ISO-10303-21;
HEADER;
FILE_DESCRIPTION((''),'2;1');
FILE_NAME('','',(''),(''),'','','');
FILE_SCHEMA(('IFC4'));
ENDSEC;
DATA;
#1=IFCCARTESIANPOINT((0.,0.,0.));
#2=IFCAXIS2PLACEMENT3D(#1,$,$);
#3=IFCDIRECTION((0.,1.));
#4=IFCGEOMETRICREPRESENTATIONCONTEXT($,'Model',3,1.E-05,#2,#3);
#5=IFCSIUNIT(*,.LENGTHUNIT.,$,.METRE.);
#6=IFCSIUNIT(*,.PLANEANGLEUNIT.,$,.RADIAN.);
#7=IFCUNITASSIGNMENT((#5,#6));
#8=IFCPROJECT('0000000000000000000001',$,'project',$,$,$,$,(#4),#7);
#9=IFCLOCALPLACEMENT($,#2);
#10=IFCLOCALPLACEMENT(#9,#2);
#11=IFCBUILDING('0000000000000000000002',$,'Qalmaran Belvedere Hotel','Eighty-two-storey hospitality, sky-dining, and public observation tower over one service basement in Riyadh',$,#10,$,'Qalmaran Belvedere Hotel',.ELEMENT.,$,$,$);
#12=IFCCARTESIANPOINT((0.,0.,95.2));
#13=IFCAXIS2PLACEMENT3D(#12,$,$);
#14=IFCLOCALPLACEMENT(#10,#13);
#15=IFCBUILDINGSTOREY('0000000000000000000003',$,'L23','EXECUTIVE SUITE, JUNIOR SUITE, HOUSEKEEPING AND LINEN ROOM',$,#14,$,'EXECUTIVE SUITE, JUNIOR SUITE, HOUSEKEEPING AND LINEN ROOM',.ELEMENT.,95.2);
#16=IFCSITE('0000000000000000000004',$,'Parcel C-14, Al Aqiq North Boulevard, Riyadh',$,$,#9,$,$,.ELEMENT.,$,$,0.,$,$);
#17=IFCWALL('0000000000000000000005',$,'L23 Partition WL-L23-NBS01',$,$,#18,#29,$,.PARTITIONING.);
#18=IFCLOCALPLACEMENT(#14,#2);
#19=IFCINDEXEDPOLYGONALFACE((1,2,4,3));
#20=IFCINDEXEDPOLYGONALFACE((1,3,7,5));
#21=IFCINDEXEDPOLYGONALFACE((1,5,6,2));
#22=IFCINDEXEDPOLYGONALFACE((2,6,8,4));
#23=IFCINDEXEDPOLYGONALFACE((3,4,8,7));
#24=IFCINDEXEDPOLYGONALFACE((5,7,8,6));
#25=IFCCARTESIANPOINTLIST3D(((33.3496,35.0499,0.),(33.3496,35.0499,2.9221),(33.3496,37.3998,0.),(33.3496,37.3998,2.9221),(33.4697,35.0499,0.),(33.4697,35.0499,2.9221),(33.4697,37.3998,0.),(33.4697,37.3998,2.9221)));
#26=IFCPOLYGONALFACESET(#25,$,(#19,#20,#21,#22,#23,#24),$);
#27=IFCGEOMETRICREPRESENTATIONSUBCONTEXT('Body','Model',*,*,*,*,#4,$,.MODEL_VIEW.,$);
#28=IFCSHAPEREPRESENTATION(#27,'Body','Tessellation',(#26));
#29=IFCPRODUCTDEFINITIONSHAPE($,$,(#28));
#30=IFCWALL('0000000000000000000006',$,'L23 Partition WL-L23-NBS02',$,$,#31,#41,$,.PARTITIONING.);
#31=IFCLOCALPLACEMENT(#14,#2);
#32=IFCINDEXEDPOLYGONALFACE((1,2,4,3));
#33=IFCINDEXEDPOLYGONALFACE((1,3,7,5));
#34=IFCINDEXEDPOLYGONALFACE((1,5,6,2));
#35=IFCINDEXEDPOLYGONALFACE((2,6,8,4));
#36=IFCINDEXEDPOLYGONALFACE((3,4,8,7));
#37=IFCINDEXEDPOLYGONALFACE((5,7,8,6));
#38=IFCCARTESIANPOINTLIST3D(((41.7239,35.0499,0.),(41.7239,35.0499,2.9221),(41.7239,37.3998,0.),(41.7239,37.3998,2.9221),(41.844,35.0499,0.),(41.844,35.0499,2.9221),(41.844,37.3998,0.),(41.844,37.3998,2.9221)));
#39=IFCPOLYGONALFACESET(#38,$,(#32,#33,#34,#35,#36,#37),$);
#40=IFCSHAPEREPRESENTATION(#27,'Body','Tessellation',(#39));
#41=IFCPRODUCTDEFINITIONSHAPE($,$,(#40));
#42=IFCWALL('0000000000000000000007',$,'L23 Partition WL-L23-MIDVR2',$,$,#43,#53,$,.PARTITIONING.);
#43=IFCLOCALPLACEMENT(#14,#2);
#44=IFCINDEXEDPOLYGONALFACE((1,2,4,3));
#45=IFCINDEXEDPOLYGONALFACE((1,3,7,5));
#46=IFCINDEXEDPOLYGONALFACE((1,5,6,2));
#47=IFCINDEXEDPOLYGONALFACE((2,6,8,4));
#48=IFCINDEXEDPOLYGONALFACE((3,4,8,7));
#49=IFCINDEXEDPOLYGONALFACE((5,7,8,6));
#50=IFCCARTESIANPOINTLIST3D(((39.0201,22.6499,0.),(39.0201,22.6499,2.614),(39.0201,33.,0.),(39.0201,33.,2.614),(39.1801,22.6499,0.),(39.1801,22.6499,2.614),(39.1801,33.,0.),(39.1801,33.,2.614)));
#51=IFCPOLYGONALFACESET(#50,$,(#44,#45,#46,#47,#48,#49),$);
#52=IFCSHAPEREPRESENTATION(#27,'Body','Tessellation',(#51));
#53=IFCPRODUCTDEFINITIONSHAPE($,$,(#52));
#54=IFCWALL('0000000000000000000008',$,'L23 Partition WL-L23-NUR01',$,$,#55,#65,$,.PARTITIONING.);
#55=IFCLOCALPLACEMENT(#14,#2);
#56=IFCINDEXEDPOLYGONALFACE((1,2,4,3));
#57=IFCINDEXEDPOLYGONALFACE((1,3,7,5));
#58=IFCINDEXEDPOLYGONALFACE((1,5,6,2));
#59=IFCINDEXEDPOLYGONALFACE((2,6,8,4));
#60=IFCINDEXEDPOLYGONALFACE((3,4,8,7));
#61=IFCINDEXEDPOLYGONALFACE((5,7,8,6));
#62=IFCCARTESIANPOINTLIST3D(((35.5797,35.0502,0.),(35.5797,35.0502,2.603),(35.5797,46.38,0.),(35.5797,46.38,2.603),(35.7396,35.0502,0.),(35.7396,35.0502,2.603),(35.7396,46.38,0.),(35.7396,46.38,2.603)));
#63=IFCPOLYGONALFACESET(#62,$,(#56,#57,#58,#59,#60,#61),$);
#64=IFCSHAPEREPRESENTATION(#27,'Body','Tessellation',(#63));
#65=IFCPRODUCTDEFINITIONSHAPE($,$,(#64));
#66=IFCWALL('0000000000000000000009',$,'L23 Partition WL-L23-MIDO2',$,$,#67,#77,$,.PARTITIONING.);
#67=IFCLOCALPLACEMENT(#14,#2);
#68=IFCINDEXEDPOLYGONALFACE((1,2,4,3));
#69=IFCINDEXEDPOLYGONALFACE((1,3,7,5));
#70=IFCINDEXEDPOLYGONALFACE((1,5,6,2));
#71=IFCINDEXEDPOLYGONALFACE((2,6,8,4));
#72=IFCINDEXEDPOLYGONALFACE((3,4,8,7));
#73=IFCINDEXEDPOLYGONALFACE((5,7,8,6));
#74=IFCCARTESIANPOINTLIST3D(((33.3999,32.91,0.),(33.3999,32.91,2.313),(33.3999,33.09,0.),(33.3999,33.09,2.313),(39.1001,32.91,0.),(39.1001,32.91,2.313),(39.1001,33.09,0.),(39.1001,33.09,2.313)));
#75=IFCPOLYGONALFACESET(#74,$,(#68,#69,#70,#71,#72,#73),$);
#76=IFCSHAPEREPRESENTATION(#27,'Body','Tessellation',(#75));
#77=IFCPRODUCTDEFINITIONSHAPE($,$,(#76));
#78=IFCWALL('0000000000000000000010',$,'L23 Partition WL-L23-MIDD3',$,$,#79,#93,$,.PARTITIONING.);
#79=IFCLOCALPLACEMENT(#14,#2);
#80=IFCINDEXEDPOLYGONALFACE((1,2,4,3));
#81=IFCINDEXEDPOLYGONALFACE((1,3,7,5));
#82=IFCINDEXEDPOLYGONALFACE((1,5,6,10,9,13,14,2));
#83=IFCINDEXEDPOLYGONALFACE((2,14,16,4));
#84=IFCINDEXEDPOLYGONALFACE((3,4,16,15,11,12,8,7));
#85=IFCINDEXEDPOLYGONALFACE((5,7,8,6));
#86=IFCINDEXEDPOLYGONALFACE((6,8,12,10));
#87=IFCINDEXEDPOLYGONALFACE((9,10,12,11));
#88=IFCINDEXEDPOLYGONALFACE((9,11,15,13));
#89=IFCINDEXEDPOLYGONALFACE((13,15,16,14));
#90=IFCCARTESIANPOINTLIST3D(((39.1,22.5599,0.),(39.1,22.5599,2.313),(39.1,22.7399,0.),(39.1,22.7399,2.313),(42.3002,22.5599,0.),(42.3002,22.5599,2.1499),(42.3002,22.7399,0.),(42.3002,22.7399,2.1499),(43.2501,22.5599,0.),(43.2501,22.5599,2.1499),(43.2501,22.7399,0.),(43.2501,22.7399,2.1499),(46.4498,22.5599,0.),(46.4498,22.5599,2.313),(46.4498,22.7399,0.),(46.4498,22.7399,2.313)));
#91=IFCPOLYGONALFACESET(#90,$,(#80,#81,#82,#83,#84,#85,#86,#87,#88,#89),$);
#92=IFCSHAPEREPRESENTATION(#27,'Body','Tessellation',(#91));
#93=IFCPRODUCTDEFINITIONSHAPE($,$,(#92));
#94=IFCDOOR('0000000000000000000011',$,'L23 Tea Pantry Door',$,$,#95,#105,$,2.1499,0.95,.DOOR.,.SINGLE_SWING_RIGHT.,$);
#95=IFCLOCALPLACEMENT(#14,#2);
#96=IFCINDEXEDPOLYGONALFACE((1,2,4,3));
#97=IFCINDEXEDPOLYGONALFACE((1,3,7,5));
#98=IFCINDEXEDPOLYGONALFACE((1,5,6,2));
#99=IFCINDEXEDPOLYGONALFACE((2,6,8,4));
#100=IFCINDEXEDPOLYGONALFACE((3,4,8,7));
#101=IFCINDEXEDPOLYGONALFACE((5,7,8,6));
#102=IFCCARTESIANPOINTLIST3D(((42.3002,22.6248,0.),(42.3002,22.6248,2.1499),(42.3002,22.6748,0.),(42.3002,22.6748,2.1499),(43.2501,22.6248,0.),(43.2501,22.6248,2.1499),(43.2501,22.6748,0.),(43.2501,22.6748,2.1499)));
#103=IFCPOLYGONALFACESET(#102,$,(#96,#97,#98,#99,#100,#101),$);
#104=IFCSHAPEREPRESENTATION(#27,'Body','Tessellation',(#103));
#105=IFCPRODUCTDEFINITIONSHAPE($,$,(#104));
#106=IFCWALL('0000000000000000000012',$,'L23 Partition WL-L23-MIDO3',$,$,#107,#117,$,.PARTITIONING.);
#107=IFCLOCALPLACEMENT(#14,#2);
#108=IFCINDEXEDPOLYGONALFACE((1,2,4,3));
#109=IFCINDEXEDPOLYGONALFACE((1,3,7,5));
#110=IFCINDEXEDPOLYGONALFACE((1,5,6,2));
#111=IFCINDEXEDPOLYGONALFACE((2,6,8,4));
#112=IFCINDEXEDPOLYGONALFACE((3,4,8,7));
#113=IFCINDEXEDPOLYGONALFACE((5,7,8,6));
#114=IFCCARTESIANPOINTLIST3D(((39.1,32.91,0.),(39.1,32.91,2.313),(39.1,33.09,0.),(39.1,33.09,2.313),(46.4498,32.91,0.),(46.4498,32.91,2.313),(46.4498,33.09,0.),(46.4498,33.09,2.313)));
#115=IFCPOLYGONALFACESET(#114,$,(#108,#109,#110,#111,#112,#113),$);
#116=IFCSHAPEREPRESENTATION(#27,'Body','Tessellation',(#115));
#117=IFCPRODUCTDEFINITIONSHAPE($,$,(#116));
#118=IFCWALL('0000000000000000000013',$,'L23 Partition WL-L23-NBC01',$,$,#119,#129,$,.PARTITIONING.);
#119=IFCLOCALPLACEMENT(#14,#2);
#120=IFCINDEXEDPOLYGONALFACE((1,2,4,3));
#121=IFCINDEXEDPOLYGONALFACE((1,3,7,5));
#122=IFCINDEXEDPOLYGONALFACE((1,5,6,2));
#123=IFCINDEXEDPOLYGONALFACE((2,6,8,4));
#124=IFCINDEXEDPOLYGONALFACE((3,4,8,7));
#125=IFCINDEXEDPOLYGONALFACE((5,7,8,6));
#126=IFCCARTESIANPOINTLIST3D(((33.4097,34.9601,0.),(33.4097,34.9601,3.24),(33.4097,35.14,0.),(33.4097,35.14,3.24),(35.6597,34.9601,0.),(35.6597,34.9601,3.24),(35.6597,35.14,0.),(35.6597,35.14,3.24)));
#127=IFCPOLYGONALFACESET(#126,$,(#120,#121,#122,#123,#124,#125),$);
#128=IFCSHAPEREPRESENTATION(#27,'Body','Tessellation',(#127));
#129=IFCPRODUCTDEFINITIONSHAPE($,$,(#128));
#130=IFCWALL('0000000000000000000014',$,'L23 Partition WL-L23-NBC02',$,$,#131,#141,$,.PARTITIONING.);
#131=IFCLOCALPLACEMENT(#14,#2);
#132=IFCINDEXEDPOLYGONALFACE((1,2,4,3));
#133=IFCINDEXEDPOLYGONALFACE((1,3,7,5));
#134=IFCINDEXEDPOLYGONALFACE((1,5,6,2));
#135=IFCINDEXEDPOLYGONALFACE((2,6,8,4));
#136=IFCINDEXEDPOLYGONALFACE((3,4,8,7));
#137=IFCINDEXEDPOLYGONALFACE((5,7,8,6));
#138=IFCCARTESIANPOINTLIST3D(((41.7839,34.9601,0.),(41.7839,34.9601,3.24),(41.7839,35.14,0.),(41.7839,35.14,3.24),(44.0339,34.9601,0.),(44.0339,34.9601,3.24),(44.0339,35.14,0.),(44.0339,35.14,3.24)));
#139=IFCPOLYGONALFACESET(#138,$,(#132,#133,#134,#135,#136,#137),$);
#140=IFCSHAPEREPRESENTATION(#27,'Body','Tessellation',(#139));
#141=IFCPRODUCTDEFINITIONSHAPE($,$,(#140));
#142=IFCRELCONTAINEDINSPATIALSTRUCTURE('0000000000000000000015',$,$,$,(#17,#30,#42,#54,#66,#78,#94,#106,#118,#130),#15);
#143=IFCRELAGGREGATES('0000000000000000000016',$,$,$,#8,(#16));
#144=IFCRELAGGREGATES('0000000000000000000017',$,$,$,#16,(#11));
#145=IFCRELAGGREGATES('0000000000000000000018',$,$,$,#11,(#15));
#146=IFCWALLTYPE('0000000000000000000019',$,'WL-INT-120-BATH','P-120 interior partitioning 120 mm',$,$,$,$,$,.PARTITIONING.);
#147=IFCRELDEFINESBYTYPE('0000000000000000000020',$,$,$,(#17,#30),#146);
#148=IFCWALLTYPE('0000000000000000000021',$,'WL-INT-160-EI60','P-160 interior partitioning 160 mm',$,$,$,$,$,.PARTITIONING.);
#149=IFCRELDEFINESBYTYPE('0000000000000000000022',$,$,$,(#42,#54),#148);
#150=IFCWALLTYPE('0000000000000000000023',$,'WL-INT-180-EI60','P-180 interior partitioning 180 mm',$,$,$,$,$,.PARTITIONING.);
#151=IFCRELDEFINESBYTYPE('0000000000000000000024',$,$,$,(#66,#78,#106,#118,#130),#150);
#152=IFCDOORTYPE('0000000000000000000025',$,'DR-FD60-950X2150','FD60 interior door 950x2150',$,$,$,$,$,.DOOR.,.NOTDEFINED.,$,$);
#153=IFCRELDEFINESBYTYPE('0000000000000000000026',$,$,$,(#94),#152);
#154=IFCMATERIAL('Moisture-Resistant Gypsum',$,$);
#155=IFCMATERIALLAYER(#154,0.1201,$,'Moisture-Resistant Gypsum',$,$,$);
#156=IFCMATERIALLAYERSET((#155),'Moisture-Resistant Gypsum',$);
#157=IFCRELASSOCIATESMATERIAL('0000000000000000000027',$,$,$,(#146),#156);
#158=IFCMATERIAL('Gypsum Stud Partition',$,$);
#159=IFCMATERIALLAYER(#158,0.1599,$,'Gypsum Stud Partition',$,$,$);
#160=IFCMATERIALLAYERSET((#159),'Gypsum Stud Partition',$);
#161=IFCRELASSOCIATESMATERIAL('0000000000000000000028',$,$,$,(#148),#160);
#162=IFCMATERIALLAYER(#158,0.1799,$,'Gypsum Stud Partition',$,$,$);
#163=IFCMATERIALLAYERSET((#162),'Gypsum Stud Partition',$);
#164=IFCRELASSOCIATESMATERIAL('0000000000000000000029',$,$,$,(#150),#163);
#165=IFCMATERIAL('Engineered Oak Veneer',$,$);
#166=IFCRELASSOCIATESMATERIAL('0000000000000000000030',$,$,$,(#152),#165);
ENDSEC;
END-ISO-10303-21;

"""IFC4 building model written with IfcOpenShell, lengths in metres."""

from ifc_helpers import new_model, si_unit, direction, frame, frame_2d, origin, place, context, subcontext, project, spatial, rectangle, extrude, material, layer, layer_set, type_object, element, fill, save


model = new_model("IFC4")

# Units and contexts
model_context = context("Model", 3, precision=1e-05, world=origin(), true_north=direction((0.0, 1.0)))
body_context = subcontext(model_context, "Body", "Model", "MODEL_VIEW")
ifc_project = project(units=[si_unit("LENGTHUNIT", "METRE"), si_unit("PLANEANGLEUNIT", "RADIAN")], contexts=[model_context])

# Site, building, storey
site_placement = place(None, origin())
site = spatial("IfcSite", under=ifc_project, at=site_placement, Name="Parcel C-14, Al Aqiq North Boulevard, Riyadh", CompositionType="ELEMENT", RefElevation=0.0)
building_placement = place(site_placement, origin())
building = spatial("IfcBuilding", under=site, at=building_placement, Name="Qalmaran Belvedere Hotel", Description="Eighty-two-storey hospitality, sky-dining, and public observation tower over one service basement in Riyadh", LongName="Qalmaran Belvedere Hotel", CompositionType="ELEMENT")
storey_placement = place(building_placement, frame((0.0, 0.0, 95.2)))
storey = spatial("IfcBuildingStorey", under=building, at=storey_placement, Name="L23", Description="EXECUTIVE SUITE, JUNIOR SUITE, HOUSEKEEPING AND LINEN ROOM", LongName="EXECUTIVE SUITE, JUNIOR SUITE, HOUSEKEEPING AND LINEN ROOM", CompositionType="ELEMENT", Elevation=95.2)

# Walls
ifc_material_1 = material(Name="Moisture-Resistant Gypsum")
ifc_layer_1 = layer(ifc_material_1, 0.1201, Name="Moisture-Resistant Gypsum")
ifc_layer_set_1 = layer_set([ifc_layer_1], Name="Moisture-Resistant Gypsum")
wall_type_1 = type_object("IfcWallType", Name="WL-INT-120-BATH", Description="P-120 interior partitioning 120 mm", PredefinedType="PARTITIONING", material=ifc_layer_set_1)
for number, where, z_axis, x_axis, name in (
    (1, (33.4097, 35.05, 0.0), (0.0, 0.0, 1.0), (0.0, 1.0, 0.0), "L23 Partition WL-L23-NBS01"),
    (2, (41.7839, 35.05, 0.0), (0.0, 0.0, 1.0), (0.0, 1.0, 0.0), "L23 Partition WL-L23-NBS02"),
):
    element("IfcWall", number, at=place(storey_placement, frame(where, z_axis=z_axis, x_axis=x_axis)), inside=storey, type_object=wall_type_1, Name=name, PredefinedType="PARTITIONING", context=body_context, shape_type="SweptSolid", body=[
        extrude(rectangle(XDim=2.3499, YDim=0.1201, at=frame_2d((1.1748, 0.0))), origin(), (0.0, 0.0, 1.0), 2.9221),
    ])
ifc_material_2 = material(Name="Gypsum Stud Partition")
ifc_layer_2 = layer(ifc_material_2, 0.1599, Name="Gypsum Stud Partition")
ifc_layer_set_2 = layer_set([ifc_layer_2], Name="Gypsum Stud Partition")
wall_type_2 = type_object("IfcWallType", Name="WL-INT-160-EI60", Description="P-160 interior partitioning 160 mm", PredefinedType="PARTITIONING", material=ifc_layer_set_2)
wall_1_placement = place(storey_placement, frame((39.1001, 22.6499, 0.0), z_axis=(0.0, 0.0, 1.0), x_axis=(0.0, 1.0, 0.0)))
element("IfcWall", 3, at=wall_1_placement, inside=storey, type_object=wall_type_2, Name="L23 Partition WL-L23-MIDVR2", PredefinedType="PARTITIONING", context=body_context, shape_type="SweptSolid", body=[
    extrude(rectangle(XDim=10.3501, YDim=0.1599, at=frame_2d((5.175, 0.0))), origin(), (0.0, 0.0, 1.0), 2.614),
])
wall_2_placement = place(storey_placement, frame((35.6597, 35.05, 0.0), z_axis=(0.0, 0.0, 1.0), x_axis=(0.0, 1.0, 0.0)))
element("IfcWall", 4, at=wall_2_placement, inside=storey, type_object=wall_type_2, Name="L23 Partition WL-L23-NUR01", PredefinedType="PARTITIONING", context=body_context, shape_type="SweptSolid", body=[
    extrude(rectangle(XDim=11.3298, YDim=0.1599, at=frame_2d((5.665, 0.0))), origin(), (0.0, 0.0, 1.0), 2.603),
])

# Shared definitions
ifc_layer_3 = layer(ifc_material_2, 0.1799, Name="Gypsum Stud Partition")
ifc_layer_set_3 = layer_set([ifc_layer_3], Name="Gypsum Stud Partition")
wall_type_3 = type_object("IfcWallType", Name="WL-INT-180-EI60", Description="P-180 interior partitioning 180 mm", PredefinedType="PARTITIONING", material=ifc_layer_set_3)
ifc_material_3 = material(Name="Engineered Oak Veneer")
door_type = type_object("IfcDoorType", Name="DR-FD60-950X2150", Description="FD60 interior door 950x2150", OperationType="NOTDEFINED", PredefinedType="DOOR", material=ifc_material_3)

# Wall
wall_3_placement = place(storey_placement, frame((33.3999, 33.0, 0.0), z_axis=(0.0, 0.0, 1.0), x_axis=(1.0, 0.0, 0.0)))
element("IfcWall", 5, at=wall_3_placement, inside=storey, type_object=wall_type_3, Name="L23 Partition WL-L23-MIDO2", PredefinedType="PARTITIONING", context=body_context, shape_type="SweptSolid", body=[
    extrude(rectangle(XDim=5.7002, YDim=0.1799, at=frame_2d((2.8501, 0.0))), origin(), (0.0, 0.0, 1.0), 2.313),
])

# Wall, opening, door
wall_4_placement = place(storey_placement, frame((39.1001, 22.6499, 0.0), z_axis=(0.0, 0.0, 1.0), x_axis=(1.0, 0.0, 0.0)))
wall_4 = element("IfcWall", 6, at=wall_4_placement, inside=storey, type_object=wall_type_3, Name="L23 Partition WL-L23-MIDD3", PredefinedType="PARTITIONING", context=body_context, shape_type="SweptSolid", body=[
    extrude(rectangle(XDim=7.3499, YDim=0.1799, at=frame_2d((3.6748, 0.0))), origin(), (0.0, 0.0, 1.0), 2.313),
])
opening_1_placement = place(wall_4_placement, frame((3.2, 0.0, 0.0)))
opening_1 = element("IfcOpeningElement", 7, at=opening_1_placement, cuts=wall_4, PredefinedType="OPENING", context=body_context, shape_type="SweptSolid", body=[
    extrude(rectangle(XDim=0.95, YDim=2.1499, at=frame_2d((0.4751, 1.075))), frame((0.0, 0.1001, 0.0), z_axis=(0.0, -1.0, 0.0), x_axis=(1.0, 0.0, 0.0)), (0.0, 0.0, 1.0), 0.2),
])
door_1_placement = place(opening_1_placement, origin())
door_1 = element("IfcDoor", 8, at=door_1_placement, inside=storey, type_object=door_type, Name="L23 Tea Pantry Door", OperationType="SINGLE_SWING_RIGHT", OverallHeight=2.1499, OverallWidth=0.95, PredefinedType="DOOR", context=body_context, shape_type="SweptSolid", body=[
    extrude(rectangle(XDim=0.95, YDim=2.1499, at=frame_2d((0.4751, 1.075))), frame((0.0, 0.0249, 0.0), z_axis=(0.0, -1.0, 0.0), x_axis=(1.0, 0.0, 0.0)), (0.0, 0.0, 1.0), 0.05),
])
fill(opening_1, door_1)

# Walls
wall_5_placement = place(storey_placement, frame((39.1001, 33.0, 0.0), z_axis=(0.0, 0.0, 1.0), x_axis=(1.0, 0.0, 0.0)))
element("IfcWall", 9, at=wall_5_placement, inside=storey, type_object=wall_type_3, Name="L23 Partition WL-L23-MIDO3", PredefinedType="PARTITIONING", context=body_context, shape_type="SweptSolid", body=[
    extrude(rectangle(XDim=7.3499, YDim=0.1799, at=frame_2d((3.6748, 0.0))), origin(), (0.0, 0.0, 1.0), 2.313),
])
for number, where, z_axis, x_axis, name in (
    (10, (33.4097, 35.05, 0.0), (0.0, 0.0, 1.0), (1.0, 0.0, 0.0), "L23 Partition WL-L23-NBC01"),
    (11, (41.7839, 35.05, 0.0), (0.0, 0.0, 1.0), (1.0, 0.0, 0.0), "L23 Partition WL-L23-NBC02"),
):
    element("IfcWall", number, at=place(storey_placement, frame(where, z_axis=z_axis, x_axis=x_axis)), inside=storey, type_object=wall_type_3, Name=name, PredefinedType="PARTITIONING", context=body_context, shape_type="SweptSolid", body=[
        extrude(rectangle(XDim=2.25, YDim=0.1799, at=frame_2d((1.125, 0.0))), origin(), (0.0, 0.0, 1.0), 3.24),
    ])

save(model, "model.ifc")
